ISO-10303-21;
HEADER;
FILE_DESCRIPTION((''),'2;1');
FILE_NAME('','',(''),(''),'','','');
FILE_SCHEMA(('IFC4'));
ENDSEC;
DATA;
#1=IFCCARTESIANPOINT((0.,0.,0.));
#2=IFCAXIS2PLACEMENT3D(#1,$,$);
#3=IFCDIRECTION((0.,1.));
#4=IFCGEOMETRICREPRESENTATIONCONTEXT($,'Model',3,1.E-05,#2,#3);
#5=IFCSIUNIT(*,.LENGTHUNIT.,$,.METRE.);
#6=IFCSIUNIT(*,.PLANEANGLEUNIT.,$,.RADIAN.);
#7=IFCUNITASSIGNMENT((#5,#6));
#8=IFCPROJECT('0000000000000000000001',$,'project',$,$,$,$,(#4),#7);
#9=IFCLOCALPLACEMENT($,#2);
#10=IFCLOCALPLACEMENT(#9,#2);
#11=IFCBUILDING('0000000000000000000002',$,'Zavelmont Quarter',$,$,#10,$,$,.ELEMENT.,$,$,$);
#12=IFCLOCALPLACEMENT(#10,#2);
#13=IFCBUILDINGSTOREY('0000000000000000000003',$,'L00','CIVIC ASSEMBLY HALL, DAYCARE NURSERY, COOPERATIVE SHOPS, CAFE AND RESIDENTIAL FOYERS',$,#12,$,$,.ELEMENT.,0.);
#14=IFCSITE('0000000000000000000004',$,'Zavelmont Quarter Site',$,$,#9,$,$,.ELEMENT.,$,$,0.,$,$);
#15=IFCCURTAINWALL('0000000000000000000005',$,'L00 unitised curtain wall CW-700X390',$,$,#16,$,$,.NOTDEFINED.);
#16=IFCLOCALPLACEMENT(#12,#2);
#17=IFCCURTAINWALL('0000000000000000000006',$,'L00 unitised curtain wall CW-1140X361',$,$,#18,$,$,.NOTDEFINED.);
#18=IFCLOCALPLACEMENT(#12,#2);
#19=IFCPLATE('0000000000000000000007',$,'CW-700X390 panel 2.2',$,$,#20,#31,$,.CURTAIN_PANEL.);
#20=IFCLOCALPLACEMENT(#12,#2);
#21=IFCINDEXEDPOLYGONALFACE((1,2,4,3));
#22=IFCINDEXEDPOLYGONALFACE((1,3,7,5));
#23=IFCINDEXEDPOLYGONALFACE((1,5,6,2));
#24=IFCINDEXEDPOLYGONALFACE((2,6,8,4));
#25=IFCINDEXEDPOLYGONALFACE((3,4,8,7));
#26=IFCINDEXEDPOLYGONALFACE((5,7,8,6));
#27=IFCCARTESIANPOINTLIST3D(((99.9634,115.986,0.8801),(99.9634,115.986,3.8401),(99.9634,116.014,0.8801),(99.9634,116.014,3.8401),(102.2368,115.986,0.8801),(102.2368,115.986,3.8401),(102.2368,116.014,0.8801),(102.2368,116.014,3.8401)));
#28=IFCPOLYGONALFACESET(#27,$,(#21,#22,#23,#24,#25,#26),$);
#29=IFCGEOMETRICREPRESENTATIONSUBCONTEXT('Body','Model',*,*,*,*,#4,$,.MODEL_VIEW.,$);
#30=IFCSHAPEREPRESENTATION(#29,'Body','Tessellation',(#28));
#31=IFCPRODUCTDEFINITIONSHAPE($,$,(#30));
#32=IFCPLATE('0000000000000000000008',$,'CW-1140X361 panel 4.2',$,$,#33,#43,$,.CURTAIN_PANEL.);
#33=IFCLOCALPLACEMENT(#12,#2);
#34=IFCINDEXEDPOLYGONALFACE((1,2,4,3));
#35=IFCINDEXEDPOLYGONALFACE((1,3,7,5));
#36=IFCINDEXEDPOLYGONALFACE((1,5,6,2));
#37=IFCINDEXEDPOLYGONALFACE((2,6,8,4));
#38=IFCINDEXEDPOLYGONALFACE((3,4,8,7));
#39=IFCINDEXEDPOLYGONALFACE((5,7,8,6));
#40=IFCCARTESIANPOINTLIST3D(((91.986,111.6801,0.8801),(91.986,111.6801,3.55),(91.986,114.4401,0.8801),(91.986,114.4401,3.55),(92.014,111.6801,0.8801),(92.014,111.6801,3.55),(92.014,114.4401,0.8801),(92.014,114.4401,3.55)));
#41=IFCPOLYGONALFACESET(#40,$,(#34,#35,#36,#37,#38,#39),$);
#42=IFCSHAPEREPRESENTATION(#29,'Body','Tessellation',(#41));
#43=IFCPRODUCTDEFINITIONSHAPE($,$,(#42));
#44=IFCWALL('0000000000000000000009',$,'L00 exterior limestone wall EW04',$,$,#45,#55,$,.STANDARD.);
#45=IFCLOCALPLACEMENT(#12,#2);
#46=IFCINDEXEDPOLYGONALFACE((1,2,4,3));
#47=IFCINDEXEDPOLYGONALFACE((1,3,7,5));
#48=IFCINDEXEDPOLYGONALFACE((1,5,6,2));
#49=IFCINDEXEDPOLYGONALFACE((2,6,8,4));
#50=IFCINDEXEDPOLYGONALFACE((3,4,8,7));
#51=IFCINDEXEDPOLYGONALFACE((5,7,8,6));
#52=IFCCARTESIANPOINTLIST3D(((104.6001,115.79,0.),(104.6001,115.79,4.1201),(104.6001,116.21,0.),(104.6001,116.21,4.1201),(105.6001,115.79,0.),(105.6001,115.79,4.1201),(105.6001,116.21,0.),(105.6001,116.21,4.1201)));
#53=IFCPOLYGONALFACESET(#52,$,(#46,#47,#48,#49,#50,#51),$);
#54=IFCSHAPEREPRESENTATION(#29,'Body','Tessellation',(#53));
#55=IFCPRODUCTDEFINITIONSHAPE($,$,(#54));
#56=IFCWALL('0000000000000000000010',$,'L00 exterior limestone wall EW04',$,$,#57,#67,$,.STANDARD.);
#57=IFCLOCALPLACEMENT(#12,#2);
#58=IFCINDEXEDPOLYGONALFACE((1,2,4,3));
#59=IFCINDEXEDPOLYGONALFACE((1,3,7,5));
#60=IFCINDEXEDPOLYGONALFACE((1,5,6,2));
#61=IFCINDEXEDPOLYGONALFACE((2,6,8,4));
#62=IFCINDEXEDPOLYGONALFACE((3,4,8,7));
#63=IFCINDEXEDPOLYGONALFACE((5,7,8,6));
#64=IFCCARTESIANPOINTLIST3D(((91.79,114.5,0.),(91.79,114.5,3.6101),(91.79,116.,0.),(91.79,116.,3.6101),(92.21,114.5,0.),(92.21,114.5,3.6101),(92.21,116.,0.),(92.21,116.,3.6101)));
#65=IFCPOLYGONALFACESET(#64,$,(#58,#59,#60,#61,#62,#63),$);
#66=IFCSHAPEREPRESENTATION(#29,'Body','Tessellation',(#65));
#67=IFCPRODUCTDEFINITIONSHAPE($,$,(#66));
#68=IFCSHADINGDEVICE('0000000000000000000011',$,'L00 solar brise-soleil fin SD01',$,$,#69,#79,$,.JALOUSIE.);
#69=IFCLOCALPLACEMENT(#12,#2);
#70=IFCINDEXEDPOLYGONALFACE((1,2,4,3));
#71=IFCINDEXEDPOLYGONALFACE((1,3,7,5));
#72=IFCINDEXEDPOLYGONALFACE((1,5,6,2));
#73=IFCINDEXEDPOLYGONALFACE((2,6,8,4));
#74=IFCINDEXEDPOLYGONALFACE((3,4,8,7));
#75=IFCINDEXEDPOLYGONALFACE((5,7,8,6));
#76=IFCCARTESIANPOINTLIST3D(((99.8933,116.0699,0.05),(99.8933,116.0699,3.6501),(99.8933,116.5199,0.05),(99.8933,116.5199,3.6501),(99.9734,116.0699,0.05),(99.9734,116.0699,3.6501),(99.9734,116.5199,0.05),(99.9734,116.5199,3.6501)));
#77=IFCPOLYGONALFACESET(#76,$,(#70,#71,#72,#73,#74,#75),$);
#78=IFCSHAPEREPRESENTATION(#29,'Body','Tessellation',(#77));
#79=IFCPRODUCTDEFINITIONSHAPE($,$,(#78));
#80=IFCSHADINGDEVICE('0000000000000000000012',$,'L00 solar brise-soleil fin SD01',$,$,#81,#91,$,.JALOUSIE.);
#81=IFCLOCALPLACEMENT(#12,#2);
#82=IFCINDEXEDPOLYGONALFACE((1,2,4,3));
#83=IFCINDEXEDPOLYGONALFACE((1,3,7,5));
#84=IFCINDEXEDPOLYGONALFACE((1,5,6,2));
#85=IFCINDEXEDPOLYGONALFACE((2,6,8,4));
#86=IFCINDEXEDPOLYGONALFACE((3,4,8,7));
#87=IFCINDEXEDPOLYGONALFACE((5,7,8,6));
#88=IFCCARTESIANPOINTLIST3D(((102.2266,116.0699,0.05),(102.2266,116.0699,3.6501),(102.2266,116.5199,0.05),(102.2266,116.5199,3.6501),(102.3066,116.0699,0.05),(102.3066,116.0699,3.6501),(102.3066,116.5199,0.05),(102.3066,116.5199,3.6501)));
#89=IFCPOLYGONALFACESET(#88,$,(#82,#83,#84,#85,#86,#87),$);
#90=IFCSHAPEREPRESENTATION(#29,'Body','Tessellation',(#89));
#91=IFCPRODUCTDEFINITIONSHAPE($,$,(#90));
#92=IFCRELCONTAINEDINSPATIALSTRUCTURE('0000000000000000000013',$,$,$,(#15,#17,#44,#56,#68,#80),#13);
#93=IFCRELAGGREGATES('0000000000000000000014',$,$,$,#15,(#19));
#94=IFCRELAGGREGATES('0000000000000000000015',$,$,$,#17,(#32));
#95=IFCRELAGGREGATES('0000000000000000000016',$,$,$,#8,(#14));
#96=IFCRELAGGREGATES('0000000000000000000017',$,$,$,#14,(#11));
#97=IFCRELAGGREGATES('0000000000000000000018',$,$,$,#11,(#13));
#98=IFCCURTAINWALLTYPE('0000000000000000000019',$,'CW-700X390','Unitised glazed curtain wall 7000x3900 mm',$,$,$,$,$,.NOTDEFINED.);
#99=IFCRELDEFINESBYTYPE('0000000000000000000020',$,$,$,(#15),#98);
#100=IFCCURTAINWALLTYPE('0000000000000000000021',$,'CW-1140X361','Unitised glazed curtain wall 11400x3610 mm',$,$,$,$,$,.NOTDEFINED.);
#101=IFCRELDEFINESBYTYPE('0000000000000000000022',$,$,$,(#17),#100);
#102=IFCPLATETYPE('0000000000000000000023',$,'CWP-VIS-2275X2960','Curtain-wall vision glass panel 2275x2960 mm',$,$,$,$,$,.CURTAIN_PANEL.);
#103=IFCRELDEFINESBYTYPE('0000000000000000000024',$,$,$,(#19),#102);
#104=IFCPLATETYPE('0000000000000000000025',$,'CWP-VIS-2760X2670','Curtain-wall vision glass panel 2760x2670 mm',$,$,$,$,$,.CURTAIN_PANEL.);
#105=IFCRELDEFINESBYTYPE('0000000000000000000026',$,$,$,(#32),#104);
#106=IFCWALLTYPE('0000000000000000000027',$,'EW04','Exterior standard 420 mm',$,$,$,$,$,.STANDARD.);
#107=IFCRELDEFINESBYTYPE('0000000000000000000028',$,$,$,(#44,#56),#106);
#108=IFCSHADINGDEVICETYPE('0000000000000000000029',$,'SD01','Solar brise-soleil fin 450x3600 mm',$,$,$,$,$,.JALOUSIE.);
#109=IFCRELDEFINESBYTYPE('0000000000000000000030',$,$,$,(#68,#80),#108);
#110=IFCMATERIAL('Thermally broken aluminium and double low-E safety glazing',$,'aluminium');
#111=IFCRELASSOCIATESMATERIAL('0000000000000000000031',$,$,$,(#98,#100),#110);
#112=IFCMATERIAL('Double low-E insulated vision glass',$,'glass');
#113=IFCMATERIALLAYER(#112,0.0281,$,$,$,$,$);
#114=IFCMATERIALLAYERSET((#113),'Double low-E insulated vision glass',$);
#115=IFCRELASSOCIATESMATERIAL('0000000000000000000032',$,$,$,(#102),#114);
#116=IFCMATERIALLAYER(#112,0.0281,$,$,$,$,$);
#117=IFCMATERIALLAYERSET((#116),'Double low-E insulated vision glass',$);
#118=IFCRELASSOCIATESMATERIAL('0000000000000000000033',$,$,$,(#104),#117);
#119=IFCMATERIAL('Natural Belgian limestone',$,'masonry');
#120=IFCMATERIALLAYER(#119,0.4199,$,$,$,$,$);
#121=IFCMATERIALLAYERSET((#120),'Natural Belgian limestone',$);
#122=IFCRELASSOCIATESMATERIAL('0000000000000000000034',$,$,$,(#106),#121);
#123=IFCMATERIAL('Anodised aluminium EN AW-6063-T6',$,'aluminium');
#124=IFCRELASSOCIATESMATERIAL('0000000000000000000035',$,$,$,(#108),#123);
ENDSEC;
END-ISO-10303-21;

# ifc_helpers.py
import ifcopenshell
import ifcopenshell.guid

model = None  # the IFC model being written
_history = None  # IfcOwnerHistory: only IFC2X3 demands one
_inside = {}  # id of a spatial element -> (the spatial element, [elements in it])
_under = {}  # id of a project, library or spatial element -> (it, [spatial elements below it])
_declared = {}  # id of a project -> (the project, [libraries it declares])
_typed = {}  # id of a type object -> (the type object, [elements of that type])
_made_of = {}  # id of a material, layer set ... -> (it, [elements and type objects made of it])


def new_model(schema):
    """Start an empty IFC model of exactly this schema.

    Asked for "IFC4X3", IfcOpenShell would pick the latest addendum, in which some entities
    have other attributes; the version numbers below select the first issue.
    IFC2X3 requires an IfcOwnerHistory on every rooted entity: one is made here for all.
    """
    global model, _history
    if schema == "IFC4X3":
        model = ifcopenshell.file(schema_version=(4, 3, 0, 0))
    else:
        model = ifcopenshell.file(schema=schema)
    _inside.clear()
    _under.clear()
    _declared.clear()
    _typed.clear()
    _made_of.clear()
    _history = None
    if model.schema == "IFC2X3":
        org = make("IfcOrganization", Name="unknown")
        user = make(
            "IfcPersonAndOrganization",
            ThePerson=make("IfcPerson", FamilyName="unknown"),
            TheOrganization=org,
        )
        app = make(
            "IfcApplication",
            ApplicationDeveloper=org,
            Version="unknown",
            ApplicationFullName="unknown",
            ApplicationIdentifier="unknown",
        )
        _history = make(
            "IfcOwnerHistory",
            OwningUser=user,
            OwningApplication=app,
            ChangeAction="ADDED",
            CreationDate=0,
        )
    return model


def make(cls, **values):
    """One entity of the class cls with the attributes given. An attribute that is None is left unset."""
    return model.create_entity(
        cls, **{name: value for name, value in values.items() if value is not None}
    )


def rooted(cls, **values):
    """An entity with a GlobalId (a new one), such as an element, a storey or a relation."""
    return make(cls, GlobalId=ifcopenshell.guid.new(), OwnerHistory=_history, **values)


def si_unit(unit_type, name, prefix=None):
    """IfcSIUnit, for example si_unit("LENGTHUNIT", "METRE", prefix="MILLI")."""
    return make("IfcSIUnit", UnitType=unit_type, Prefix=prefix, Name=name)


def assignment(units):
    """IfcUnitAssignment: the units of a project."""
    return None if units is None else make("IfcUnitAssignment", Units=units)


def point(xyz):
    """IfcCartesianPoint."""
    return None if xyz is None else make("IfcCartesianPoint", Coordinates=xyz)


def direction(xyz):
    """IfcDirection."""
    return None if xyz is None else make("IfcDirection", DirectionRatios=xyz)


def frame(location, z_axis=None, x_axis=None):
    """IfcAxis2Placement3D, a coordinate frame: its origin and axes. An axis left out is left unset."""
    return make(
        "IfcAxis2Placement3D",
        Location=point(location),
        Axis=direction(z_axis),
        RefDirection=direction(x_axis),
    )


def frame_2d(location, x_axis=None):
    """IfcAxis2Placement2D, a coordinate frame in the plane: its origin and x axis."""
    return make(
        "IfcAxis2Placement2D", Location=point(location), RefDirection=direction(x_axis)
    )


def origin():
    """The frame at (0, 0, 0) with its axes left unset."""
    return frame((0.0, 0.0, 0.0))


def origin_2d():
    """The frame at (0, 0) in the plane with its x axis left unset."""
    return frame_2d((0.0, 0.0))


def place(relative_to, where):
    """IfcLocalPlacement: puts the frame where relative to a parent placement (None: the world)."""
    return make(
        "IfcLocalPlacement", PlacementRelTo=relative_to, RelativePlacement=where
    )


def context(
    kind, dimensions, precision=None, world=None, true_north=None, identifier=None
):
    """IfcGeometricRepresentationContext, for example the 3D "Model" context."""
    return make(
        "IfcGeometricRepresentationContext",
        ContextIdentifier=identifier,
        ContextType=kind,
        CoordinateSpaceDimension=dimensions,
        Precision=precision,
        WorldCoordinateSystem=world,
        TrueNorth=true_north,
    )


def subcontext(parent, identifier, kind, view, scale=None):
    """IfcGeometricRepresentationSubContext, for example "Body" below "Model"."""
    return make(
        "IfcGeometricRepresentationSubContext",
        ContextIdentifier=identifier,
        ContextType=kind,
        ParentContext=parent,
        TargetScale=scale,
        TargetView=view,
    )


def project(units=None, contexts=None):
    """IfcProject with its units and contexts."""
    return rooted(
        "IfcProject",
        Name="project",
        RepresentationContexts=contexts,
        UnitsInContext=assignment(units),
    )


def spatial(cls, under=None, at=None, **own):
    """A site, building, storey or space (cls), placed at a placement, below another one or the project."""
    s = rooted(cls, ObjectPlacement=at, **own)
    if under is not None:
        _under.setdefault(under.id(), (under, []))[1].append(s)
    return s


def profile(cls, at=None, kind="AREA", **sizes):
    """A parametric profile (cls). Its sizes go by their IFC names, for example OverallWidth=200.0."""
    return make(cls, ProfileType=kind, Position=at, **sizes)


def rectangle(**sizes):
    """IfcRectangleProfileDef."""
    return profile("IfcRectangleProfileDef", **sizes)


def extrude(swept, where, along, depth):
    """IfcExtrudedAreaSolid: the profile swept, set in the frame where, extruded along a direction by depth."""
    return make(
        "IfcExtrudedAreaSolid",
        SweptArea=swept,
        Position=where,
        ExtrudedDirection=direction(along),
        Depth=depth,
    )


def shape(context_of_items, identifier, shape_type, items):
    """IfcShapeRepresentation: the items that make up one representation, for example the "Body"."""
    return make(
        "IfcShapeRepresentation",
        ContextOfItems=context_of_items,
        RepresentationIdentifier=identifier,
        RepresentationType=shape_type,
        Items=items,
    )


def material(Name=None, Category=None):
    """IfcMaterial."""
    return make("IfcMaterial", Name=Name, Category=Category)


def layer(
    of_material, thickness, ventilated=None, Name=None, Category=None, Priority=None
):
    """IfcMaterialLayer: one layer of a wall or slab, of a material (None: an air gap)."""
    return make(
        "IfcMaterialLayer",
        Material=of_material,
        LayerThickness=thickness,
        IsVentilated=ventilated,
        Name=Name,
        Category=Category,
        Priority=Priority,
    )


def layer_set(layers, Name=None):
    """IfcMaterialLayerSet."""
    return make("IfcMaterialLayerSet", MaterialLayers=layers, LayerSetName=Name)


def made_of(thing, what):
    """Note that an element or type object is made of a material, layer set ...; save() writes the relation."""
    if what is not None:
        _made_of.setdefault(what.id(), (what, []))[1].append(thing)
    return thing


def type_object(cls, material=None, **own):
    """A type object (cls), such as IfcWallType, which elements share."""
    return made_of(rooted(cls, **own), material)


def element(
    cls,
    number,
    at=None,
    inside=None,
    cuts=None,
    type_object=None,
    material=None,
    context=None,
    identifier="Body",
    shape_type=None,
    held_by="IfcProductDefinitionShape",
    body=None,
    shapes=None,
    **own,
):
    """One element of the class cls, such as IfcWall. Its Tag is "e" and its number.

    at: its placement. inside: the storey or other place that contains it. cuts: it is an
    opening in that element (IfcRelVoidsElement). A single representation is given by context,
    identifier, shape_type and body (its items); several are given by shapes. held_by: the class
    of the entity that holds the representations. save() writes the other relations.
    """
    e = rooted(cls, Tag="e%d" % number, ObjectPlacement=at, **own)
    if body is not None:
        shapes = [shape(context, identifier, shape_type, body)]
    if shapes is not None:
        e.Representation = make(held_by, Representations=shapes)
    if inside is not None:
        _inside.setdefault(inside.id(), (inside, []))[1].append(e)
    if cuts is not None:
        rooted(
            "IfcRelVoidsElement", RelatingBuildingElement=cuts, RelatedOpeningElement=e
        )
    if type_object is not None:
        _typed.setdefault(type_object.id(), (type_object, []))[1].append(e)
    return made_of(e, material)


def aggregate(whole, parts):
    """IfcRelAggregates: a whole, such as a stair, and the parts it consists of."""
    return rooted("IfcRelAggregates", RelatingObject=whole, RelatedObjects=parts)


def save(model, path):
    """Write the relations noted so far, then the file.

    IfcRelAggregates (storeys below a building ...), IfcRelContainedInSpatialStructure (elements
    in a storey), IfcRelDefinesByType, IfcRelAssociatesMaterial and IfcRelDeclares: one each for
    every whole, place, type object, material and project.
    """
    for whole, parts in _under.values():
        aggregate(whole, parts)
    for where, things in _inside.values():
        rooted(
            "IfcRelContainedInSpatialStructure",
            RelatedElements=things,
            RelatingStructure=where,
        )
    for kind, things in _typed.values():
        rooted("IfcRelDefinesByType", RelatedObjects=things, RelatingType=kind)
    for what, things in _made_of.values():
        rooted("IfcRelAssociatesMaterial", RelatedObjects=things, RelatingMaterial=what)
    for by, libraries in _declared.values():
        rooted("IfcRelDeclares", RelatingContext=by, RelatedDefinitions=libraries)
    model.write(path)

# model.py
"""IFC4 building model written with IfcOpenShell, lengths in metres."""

from ifc_helpers import new_model, si_unit, direction, frame, frame_2d, origin, origin_2d, place, context, subcontext, project, spatial, rectangle, extrude, material, layer, layer_set, type_object, element, aggregate, save


model = new_model("IFC4")

# Units and contexts
model_context = context("Model", 3, precision=1e-05, world=origin(), true_north=direction((0.0, 1.0)))
body_context = subcontext(model_context, "Body", "Model", "MODEL_VIEW")
ifc_project = project(units=[si_unit("LENGTHUNIT", "METRE"), si_unit("PLANEANGLEUNIT", "RADIAN")], contexts=[model_context])

# Site, building, storey
site_placement = place(None, origin())
site = spatial("IfcSite", under=ifc_project, at=site_placement, Name="Zavelmont Quarter Site", CompositionType="ELEMENT", RefElevation=0.0)
building_placement = place(site_placement, origin())
building = spatial("IfcBuilding", under=site, at=building_placement, Name="Zavelmont Quarter", CompositionType="ELEMENT")
storey_placement = place(building_placement, origin())
storey = spatial("IfcBuildingStorey", under=building, at=storey_placement, Name="L00", Description="CIVIC ASSEMBLY HALL, DAYCARE NURSERY, COOPERATIVE SHOPS, CAFE AND RESIDENTIAL FOYERS", CompositionType="ELEMENT", Elevation=0.0)

# Curtain wall
ifc_material_1 = material(Name="Thermally broken aluminium and double low-E safety glazing", Category="aluminium")
curtain_wall_type_1 = type_object("IfcCurtainWallType", Name="CW-700X390", Description="Unitised glazed curtain wall 7000x3900 mm", PredefinedType="NOTDEFINED", material=ifc_material_1)
curtain_wall_1_placement = place(storey_placement, origin())
curtain_wall_1 = element("IfcCurtainWall", 1, at=curtain_wall_1_placement, inside=storey, type_object=curtain_wall_type_1, Name="L00 unitised curtain wall CW-700X390", PredefinedType="NOTDEFINED")

# Curtain wall
curtain_wall_type_2 = type_object("IfcCurtainWallType", Name="CW-1140X361", Description="Unitised glazed curtain wall 11400x3610 mm", PredefinedType="NOTDEFINED", material=ifc_material_1)
curtain_wall_2_placement = place(storey_placement, origin())
curtain_wall_2 = element("IfcCurtainWall", 2, at=curtain_wall_2_placement, inside=storey, type_object=curtain_wall_type_2, Name="L00 unitised curtain wall CW-1140X361", PredefinedType="NOTDEFINED")

# Plates
ifc_material_2 = material(Name="Double low-E insulated vision glass", Category="glass")
ifc_layer_1 = layer(ifc_material_2, 0.0281)
ifc_layer_set_1 = layer_set([ifc_layer_1], Name="Double low-E insulated vision glass")
plate_type_1 = type_object("IfcPlateType", Name="CWP-VIS-2275X2960", Description="Curtain-wall vision glass panel 2275x2960 mm", PredefinedType="CURTAIN_PANEL", material=ifc_layer_set_1)
plate_1_placement = place(storey_placement, frame((101.1001, 116.0, 0.8801), z_axis=(0.0, 0.0, 1.0), x_axis=(1.0, 0.0, 0.0)))
plate_1 = element("IfcPlate", 3, at=plate_1_placement, type_object=plate_type_1, Name="CW-700X390 panel 2.2", PredefinedType="CURTAIN_PANEL", context=body_context, shape_type="SweptSolid", body=[
    extrude(rectangle(XDim=2.2734, YDim=0.0281, at=origin_2d()), origin(), (0.0, 0.0, 1.0), 2.96),
])
aggregate(curtain_wall_1, [plate_1])
ifc_layer_2 = layer(ifc_material_2, 0.0281)
ifc_layer_set_2 = layer_set([ifc_layer_2], Name="Double low-E insulated vision glass")
plate_type_2 = type_object("IfcPlateType", Name="CWP-VIS-2760X2670", Description="Curtain-wall vision glass panel 2760x2670 mm", PredefinedType="CURTAIN_PANEL", material=ifc_layer_set_2)
plate_2_placement = place(storey_placement, frame((92.0, 113.0601, 0.8801), z_axis=(0.0, 0.0, 1.0), x_axis=(0.0, 1.0, 0.0)))
plate_2 = element("IfcPlate", 4, at=plate_2_placement, type_object=plate_type_2, Name="CW-1140X361 panel 4.2", PredefinedType="CURTAIN_PANEL", context=body_context, shape_type="SweptSolid", body=[
    extrude(rectangle(XDim=2.76, YDim=0.0281, at=origin_2d()), origin(), (0.0, 0.0, 1.0), 2.6699),
])
aggregate(curtain_wall_2, [plate_2])

# Shared definitions
ifc_material_3 = material(Name="Natural Belgian limestone", Category="masonry")
ifc_layer_3 = layer(ifc_material_3, 0.4199)
ifc_layer_set_3 = layer_set([ifc_layer_3], Name="Natural Belgian limestone")
wall_type = type_object("IfcWallType", Name="EW04", Description="Exterior standard 420 mm", PredefinedType="STANDARD", material=ifc_layer_set_3)

# Walls
wall_1_placement = place(storey_placement, frame((104.6001, 116.0, 0.0), z_axis=(0.0, 0.0, 1.0), x_axis=(1.0, 0.0, 0.0)))
element("IfcWall", 5, at=wall_1_placement, inside=storey, type_object=wall_type, Name="L00 exterior limestone wall EW04", PredefinedType="STANDARD", context=body_context, shape_type="SweptSolid", body=[
    extrude(rectangle(XDim=1.0, YDim=0.4199, at=frame_2d((0.5, 0.0))), origin(), (0.0, 0.0, 1.0), 4.1201),
])
wall_2_placement = place(storey_placement, frame((92.0, 114.5, 0.0), z_axis=(0.0, 0.0, 1.0), x_axis=(0.0, 1.0, 0.0)))
element("IfcWall", 6, at=wall_2_placement, inside=storey, type_object=wall_type, Name="L00 exterior limestone wall EW04", PredefinedType="STANDARD", context=body_context, shape_type="SweptSolid", body=[
    extrude(rectangle(XDim=1.5, YDim=0.4199, at=frame_2d((0.75, 0.0))), origin(), (0.0, 0.0, 1.0), 3.6101),
])

# Shading devices
ifc_material_4 = material(Name="Anodised aluminium EN AW-6063-T6", Category="aluminium")
shading_device_type = type_object("IfcShadingDeviceType", Name="SD01", Description="Solar brise-soleil fin 450x3600 mm", PredefinedType="JALOUSIE", material=ifc_material_4)
for number, where, z_axis, x_axis, name in (
    (7, (99.9333, 116.2949, 0.05), (0.0, 0.0, 1.0), (1.0, 0.0, 0.0), "L00 solar brise-soleil fin SD01"),
    (8, (102.2666, 116.2949, 0.05), (0.0, 0.0, 1.0), (1.0, 0.0, 0.0), "L00 solar brise-soleil fin SD01"),
):
    element("IfcShadingDevice", number, at=place(storey_placement, frame(where, z_axis=z_axis, x_axis=x_axis)), inside=storey, type_object=shading_device_type, Name=name, PredefinedType="JALOUSIE", context=body_context, shape_type="SweptSolid", body=[
        extrude(rectangle(XDim=0.0801, YDim=0.45, at=origin_2d()), origin(), (0.0, 0.0, 1.0), 3.6001),
    ])

save(model, "model.ifc")
